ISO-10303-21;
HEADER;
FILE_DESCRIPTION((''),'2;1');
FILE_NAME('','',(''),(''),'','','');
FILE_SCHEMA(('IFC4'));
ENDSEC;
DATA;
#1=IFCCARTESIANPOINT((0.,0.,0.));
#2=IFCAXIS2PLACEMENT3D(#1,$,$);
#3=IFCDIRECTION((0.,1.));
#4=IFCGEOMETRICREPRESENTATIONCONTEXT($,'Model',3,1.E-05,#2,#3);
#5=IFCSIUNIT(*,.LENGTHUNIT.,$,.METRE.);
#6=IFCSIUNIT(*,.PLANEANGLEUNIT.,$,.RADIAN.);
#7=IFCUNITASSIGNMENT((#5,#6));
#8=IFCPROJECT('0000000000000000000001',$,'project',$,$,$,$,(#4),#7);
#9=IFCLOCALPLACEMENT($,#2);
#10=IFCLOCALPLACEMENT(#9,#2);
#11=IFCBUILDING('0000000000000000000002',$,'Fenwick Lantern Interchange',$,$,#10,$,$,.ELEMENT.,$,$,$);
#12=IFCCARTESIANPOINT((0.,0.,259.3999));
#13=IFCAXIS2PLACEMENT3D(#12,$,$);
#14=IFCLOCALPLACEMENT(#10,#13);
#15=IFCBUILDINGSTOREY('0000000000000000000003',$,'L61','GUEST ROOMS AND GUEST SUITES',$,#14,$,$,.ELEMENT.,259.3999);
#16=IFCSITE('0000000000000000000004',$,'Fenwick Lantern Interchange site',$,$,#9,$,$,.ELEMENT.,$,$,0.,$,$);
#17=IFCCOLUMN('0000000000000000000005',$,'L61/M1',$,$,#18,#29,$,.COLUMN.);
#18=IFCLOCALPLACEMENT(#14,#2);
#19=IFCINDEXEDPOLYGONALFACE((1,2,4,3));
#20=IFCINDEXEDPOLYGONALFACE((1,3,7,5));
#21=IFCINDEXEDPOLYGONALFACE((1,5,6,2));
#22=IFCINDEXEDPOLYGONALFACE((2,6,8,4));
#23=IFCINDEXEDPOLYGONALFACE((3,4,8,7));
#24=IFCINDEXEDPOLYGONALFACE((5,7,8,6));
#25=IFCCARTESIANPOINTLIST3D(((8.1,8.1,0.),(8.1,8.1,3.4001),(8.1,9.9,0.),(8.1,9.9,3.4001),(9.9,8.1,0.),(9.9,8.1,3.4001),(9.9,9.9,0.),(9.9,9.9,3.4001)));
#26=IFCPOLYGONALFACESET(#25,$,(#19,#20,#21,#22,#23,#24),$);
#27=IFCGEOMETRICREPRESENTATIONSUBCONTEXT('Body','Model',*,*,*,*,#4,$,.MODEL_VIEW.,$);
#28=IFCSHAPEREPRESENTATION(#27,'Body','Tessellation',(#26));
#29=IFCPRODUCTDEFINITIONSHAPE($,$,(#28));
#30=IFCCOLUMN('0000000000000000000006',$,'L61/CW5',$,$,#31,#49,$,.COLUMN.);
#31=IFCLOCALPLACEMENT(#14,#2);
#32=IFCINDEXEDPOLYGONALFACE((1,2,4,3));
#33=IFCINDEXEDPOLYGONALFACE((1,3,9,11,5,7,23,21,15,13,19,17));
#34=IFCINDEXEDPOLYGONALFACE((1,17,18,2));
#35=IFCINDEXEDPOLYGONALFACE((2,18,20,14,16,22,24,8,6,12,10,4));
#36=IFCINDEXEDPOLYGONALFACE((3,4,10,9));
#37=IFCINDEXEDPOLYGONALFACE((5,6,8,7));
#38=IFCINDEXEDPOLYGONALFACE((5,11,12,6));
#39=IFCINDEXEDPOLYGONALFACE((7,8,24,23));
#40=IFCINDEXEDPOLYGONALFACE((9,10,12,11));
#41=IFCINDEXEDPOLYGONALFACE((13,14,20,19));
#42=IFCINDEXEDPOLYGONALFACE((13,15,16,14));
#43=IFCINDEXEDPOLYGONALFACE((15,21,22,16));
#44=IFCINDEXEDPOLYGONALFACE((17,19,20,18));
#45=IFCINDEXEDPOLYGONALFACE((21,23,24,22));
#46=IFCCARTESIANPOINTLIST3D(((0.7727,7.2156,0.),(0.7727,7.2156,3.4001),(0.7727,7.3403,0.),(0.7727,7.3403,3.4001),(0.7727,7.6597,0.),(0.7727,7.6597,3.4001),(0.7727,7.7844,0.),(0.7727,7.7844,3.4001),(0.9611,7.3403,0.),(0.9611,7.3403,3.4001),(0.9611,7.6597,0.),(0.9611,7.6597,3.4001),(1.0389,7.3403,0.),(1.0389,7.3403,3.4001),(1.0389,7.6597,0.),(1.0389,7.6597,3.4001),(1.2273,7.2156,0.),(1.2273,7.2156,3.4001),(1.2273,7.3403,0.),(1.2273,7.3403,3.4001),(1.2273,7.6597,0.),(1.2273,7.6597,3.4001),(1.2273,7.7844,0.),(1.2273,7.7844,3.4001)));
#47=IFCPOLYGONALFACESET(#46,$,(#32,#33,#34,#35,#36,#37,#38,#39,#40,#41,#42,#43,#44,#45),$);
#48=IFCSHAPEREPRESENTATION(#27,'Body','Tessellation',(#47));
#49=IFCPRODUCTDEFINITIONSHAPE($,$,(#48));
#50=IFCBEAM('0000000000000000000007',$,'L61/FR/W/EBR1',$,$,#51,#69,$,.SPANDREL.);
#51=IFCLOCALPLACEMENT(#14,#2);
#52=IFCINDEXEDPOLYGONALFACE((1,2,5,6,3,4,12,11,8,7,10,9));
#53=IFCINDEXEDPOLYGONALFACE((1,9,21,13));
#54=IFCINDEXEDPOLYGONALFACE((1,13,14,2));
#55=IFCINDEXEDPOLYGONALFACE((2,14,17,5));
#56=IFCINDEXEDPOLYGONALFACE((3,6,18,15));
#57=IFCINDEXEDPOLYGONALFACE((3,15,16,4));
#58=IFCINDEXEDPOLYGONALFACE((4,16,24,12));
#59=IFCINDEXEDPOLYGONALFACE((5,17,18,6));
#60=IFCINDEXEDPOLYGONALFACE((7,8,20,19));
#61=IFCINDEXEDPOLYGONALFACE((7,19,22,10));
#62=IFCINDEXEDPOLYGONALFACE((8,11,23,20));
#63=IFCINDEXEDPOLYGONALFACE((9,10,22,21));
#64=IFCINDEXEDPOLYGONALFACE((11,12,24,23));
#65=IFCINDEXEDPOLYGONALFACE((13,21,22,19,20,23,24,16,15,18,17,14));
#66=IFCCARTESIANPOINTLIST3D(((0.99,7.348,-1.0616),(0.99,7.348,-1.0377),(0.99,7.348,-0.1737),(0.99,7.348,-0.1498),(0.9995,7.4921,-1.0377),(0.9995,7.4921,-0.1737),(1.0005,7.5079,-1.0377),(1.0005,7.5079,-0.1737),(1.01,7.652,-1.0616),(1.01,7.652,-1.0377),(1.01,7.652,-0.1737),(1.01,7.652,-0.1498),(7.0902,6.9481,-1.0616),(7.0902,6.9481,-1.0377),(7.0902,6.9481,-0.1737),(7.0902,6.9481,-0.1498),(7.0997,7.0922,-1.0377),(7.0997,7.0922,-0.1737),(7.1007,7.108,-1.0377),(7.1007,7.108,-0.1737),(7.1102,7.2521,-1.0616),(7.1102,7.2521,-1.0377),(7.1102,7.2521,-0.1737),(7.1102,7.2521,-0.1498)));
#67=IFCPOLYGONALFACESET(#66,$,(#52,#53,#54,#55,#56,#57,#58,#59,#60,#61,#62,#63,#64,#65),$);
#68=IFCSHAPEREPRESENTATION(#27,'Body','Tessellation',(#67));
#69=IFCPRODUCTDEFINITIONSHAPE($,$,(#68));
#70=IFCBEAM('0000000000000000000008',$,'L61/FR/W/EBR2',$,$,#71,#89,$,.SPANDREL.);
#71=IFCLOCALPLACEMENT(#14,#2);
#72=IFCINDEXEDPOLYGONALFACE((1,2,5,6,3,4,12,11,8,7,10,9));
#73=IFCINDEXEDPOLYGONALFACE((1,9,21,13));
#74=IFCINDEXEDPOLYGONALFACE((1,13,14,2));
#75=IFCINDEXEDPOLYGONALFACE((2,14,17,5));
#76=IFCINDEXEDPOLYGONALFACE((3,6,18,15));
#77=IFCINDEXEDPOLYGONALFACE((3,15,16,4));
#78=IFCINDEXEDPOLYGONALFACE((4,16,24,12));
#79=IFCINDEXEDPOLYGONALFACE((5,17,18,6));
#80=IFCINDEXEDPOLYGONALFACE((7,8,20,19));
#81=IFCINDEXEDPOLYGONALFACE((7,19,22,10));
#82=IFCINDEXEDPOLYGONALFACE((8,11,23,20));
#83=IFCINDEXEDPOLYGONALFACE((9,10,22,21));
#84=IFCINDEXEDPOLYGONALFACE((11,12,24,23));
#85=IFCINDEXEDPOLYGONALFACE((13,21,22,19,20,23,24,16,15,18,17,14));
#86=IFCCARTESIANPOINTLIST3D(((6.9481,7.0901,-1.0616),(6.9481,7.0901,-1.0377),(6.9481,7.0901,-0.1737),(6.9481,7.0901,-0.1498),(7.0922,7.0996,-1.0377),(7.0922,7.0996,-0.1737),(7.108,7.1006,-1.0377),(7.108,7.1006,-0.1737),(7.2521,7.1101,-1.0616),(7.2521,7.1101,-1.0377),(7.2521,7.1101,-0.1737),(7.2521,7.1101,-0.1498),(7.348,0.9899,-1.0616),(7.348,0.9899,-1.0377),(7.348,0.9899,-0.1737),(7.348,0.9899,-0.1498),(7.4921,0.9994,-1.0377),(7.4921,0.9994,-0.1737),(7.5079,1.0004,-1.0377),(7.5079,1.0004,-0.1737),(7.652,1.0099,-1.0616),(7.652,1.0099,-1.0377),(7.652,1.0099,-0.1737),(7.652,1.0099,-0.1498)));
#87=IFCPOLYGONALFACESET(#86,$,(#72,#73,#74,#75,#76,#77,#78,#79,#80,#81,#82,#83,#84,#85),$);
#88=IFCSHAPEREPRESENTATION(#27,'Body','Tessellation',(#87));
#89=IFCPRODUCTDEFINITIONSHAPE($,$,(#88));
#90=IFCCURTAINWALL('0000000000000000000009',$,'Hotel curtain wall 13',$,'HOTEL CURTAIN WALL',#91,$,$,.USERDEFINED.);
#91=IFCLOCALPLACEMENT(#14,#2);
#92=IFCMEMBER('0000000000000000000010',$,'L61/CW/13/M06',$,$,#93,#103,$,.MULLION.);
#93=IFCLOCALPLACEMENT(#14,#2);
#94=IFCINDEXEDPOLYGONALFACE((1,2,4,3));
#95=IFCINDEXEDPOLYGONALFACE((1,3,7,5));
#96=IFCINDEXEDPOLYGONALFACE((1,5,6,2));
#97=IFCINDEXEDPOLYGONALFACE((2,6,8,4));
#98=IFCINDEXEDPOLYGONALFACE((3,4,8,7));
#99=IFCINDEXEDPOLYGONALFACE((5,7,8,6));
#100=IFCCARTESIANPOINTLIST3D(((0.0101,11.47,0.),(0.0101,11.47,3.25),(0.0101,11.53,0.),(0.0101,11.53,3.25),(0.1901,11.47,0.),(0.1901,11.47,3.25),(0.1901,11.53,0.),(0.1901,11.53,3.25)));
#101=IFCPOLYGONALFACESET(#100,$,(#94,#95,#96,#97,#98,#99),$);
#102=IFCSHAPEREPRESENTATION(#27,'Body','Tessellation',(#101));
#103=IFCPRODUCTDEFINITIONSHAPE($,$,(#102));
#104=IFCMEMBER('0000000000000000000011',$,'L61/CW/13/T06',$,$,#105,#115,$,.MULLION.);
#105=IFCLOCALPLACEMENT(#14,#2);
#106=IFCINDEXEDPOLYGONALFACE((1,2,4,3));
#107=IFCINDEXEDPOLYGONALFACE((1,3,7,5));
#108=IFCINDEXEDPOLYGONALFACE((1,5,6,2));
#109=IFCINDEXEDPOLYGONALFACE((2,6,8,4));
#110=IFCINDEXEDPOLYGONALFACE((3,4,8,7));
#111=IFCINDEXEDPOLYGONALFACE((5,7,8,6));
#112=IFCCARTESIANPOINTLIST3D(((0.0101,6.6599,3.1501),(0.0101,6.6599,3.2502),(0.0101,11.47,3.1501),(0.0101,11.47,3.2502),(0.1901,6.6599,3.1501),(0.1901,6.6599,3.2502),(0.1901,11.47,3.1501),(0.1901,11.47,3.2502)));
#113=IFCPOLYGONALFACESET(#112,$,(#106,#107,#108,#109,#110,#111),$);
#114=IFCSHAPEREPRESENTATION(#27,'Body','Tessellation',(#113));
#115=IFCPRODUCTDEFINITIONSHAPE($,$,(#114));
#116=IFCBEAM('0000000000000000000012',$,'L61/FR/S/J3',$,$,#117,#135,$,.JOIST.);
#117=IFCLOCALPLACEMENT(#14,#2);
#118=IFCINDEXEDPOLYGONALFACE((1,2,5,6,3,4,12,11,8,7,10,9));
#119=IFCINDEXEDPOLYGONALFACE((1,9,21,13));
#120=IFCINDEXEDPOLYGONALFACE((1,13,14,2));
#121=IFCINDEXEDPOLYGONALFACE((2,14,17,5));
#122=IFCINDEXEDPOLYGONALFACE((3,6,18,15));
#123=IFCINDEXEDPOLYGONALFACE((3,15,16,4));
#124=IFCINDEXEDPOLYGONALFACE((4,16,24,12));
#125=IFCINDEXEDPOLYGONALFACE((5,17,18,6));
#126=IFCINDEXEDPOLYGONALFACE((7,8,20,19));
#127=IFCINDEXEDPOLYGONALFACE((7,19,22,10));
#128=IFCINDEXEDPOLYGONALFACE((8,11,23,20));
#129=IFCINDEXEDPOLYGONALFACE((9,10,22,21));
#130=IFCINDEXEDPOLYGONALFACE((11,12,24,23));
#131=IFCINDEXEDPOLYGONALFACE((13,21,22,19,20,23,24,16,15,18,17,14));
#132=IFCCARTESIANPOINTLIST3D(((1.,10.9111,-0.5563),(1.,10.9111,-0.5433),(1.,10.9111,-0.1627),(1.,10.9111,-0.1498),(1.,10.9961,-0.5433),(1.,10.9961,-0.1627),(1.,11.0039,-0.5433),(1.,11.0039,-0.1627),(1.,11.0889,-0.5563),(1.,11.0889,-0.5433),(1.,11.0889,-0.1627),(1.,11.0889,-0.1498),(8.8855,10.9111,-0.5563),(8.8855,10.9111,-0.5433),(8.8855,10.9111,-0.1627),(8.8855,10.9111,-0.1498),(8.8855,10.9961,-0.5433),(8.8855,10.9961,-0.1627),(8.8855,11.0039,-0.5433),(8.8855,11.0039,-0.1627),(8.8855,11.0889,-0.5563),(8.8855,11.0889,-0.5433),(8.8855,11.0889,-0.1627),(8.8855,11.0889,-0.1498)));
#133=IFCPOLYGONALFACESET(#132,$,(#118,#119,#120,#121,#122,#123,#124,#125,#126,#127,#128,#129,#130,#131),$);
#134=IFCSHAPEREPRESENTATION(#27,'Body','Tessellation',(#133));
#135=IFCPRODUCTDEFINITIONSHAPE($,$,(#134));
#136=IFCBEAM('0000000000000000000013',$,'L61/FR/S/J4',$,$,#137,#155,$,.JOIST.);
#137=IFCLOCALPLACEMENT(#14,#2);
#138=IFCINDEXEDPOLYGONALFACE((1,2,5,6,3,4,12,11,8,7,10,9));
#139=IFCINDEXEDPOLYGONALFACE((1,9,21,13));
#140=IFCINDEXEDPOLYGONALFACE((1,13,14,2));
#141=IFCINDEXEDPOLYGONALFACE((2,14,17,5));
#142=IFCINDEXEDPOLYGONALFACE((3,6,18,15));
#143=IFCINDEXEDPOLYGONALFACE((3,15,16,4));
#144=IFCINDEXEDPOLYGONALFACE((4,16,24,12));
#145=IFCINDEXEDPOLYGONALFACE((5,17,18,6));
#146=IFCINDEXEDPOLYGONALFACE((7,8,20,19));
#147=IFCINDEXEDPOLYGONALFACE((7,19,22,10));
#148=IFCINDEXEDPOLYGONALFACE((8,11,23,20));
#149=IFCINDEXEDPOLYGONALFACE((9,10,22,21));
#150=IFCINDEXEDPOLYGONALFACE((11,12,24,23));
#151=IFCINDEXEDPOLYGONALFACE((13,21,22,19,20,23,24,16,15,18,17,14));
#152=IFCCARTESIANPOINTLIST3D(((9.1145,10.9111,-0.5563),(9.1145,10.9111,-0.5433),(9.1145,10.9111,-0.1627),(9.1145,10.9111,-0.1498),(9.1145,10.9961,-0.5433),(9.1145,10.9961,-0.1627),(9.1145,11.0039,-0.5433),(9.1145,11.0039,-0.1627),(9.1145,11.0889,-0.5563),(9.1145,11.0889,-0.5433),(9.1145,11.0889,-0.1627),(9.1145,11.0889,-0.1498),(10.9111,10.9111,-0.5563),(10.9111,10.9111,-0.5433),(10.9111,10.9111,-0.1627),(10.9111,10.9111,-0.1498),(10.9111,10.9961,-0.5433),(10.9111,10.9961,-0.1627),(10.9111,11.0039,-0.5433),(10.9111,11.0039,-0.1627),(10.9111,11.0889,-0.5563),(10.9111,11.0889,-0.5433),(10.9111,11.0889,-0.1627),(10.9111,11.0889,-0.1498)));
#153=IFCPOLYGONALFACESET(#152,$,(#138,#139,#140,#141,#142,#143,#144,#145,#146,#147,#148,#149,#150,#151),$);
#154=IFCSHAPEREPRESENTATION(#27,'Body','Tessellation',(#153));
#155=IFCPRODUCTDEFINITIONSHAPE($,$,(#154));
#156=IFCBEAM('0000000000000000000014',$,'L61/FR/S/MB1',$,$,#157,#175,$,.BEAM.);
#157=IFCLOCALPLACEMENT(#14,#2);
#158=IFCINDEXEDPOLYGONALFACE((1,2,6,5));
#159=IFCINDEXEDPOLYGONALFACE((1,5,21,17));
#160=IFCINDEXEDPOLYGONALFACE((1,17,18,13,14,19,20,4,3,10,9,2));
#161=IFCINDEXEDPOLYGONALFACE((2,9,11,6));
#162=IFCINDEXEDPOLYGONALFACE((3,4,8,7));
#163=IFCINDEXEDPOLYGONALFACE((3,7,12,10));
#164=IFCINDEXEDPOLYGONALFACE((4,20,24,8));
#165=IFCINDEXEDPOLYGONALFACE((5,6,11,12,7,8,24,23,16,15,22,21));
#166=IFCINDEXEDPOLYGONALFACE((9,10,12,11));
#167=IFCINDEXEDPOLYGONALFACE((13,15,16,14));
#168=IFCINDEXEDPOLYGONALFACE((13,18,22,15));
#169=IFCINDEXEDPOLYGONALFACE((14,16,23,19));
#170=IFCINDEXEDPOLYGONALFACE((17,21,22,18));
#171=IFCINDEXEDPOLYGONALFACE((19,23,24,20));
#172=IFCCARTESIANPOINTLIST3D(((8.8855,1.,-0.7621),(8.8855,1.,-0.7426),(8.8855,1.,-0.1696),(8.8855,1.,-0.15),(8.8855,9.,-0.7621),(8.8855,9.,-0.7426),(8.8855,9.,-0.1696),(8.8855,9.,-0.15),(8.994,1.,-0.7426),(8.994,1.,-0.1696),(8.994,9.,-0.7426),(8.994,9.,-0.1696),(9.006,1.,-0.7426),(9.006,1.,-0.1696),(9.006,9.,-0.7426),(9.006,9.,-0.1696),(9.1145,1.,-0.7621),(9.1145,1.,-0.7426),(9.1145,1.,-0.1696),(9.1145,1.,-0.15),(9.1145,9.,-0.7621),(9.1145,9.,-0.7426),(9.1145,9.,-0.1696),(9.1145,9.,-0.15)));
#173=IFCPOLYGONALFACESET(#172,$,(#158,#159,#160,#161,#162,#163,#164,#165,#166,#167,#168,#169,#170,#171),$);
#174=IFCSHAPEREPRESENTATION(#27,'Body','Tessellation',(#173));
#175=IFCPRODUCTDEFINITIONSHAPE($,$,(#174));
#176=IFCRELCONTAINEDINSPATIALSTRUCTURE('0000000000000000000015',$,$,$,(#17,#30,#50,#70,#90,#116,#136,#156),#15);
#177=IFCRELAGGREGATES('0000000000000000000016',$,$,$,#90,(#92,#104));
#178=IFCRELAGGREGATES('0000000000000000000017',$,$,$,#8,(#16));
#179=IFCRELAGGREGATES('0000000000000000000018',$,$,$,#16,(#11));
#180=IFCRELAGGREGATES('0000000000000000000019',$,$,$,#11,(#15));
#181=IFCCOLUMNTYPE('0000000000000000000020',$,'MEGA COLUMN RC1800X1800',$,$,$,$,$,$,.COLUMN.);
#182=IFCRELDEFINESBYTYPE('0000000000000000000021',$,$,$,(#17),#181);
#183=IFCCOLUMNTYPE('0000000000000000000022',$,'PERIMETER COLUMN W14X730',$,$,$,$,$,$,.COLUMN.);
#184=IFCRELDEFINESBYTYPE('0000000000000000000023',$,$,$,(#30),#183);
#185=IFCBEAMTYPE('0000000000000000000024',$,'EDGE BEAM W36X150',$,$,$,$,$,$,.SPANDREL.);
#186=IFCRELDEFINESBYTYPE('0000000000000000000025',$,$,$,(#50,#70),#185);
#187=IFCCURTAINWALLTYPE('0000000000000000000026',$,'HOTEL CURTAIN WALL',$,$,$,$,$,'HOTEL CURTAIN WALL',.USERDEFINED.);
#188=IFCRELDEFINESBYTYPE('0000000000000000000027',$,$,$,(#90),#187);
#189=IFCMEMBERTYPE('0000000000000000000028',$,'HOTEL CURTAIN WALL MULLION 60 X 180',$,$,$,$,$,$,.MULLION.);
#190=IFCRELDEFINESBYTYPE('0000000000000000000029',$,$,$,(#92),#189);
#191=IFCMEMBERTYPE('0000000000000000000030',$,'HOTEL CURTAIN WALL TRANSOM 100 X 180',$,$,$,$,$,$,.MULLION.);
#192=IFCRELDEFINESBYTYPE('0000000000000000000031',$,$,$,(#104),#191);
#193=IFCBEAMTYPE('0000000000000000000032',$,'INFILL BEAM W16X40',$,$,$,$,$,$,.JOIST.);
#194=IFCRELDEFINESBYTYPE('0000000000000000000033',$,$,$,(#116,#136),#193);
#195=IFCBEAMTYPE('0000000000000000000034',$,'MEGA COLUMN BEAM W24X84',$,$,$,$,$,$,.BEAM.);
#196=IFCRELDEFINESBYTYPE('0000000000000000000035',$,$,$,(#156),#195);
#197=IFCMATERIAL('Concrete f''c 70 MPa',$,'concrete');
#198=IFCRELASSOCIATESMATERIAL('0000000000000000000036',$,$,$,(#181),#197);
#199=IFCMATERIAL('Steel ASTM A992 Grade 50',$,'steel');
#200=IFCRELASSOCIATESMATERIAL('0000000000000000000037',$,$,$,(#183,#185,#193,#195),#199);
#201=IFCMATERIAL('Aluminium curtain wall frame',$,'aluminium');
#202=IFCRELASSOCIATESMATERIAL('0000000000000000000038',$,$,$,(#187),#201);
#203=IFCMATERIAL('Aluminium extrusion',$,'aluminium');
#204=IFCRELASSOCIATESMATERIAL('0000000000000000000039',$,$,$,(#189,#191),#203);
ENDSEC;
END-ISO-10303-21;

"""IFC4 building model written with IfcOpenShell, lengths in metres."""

from ifc_helpers import new_model, si_unit, direction, frame, origin, origin_2d, place, context, subcontext, project, spatial, rectangle, i_section, extrude, material, material_profile, profile_set, type_object, element, aggregate, save


model = new_model("IFC4")

# Units and contexts
model_context = context("Model", 3, precision=1e-05, world=origin(), true_north=direction((0.0, 1.0)))
body_context = subcontext(model_context, "Body", "Model", "MODEL_VIEW")
ifc_project = project(units=[si_unit("LENGTHUNIT", "METRE"), si_unit("PLANEANGLEUNIT", "RADIAN")], contexts=[model_context])

# Site, building, storey
site_placement = place(None, origin())
site = spatial("IfcSite", under=ifc_project, at=site_placement, Name="Fenwick Lantern Interchange site", CompositionType="ELEMENT", RefElevation=0.0)
building_placement = place(site_placement, origin())
building = spatial("IfcBuilding", under=site, at=building_placement, Name="Fenwick Lantern Interchange", CompositionType="ELEMENT")
storey_placement = place(building_placement, frame((0.0, 0.0, 259.3999)))
storey = spatial("IfcBuildingStorey", under=building, at=storey_placement, Name="L61", Description="GUEST ROOMS AND GUEST SUITES", CompositionType="ELEMENT", Elevation=259.3999)

# Columns
ifc_material_1 = material(Name="Concrete f'c 70 MPa", Category="concrete")
ifc_material_profile_1 = material_profile(ifc_material_1, rectangle(XDim=1.8, YDim=1.8, at=origin_2d()), Name="RC1800X1800")
ifc_profile_set_1 = profile_set([ifc_material_profile_1], Name="Concrete f'c 70 MPa")
column_type_1 = type_object("IfcColumnType", Name="MEGA COLUMN RC1800X1800", PredefinedType="COLUMN", material=ifc_profile_set_1)
column_1_placement = place(storey_placement, frame((9.0, 9.0, 0.0), z_axis=(0.0, 0.0, 1.0), x_axis=(1.0, 0.0, 0.0)))
element("IfcColumn", 1, at=column_1_placement, inside=storey, type_object=column_type_1, Name="L61/M1", PredefinedType="COLUMN", context=body_context, shape_type="SweptSolid", body=[
    extrude(rectangle(XDim=1.8, YDim=1.8, at=origin_2d()), origin(), (0.0, 0.0, 1.0), 3.4001),
])
ifc_material_2 = material(Name="Steel ASTM A992 Grade 50", Category="steel")
ifc_material_profile_2 = material_profile(ifc_material_2, i_section(OverallWidth=0.4546, OverallDepth=0.5688, WebThickness=0.0779, FlangeThickness=0.1248, at=origin_2d()), Name="W14X730")
ifc_profile_set_2 = profile_set([ifc_material_profile_2], Name="Steel ASTM A992 Grade 50")
column_type_2 = type_object("IfcColumnType", Name="PERIMETER COLUMN W14X730", PredefinedType="COLUMN", material=ifc_profile_set_2)
column_2_placement = place(storey_placement, frame((1.0, 7.5, 0.0), z_axis=(0.0, 0.0, 1.0), x_axis=(1.0, 0.0, 0.0)))
element("IfcColumn", 2, at=column_2_placement, inside=storey, type_object=column_type_2, Name="L61/CW5", PredefinedType="COLUMN", context=body_context, shape_type="SweptSolid", body=[
    extrude(i_section(OverallWidth=0.4546, OverallDepth=0.5688, WebThickness=0.0779, FlangeThickness=0.1248, at=origin_2d()), origin(), (0.0, 0.0, 1.0), 3.4001),
])

# Beams
ifc_material_profile_3 = material_profile(ifc_material_2, i_section(OverallWidth=0.3047, OverallDepth=0.9119, WebThickness=0.0159, FlangeThickness=0.0239, at=origin_2d()), Name="W36X150")
ifc_profile_set_3 = profile_set([ifc_material_profile_3], Name="Steel ASTM A992 Grade 50")
beam_type_1 = type_object("IfcBeamType", Name="EDGE BEAM W36X150", PredefinedType="SPANDREL", material=ifc_profile_set_3)
for number, where, z_axis, x_axis, name in (
    (3, (1.0, 7.5, -0.6057), (0.997858, -0.065416, 0.0), (0.065416, 0.997858, 0.0), "L61/FR/W/EBR1"),
    (4, (7.1001, 7.1001, -0.6057), (0.065416, -0.997858, 0.0), (0.997858, 0.065416, 0.0), "L61/FR/W/EBR2"),
):
    element("IfcBeam", number, at=place(storey_placement, frame(where, z_axis=z_axis, x_axis=x_axis)), inside=storey, type_object=beam_type_1, Name=name, PredefinedType="SPANDREL", context=body_context, shape_type="SweptSolid", body=[
        extrude(i_section(OverallWidth=0.3047, OverallDepth=0.9119, WebThickness=0.0159, FlangeThickness=0.0239, at=origin_2d()), origin(), (0.0, 0.0, 1.0), 6.1133),
    ])

# Curtain wall, members
ifc_material_3 = material(Name="Aluminium curtain wall frame", Category="aluminium")
curtain_wall_type = type_object("IfcCurtainWallType", Name="HOTEL CURTAIN WALL", ElementType="HOTEL CURTAIN WALL", PredefinedType="USERDEFINED", material=ifc_material_3)
curtain_wall_placement = place(storey_placement, origin())
curtain_wall = element("IfcCurtainWall", 5, at=curtain_wall_placement, inside=storey, type_object=curtain_wall_type, Name="Hotel curtain wall 13", ObjectType="HOTEL CURTAIN WALL", PredefinedType="USERDEFINED")
ifc_material_4 = material(Name="Aluminium extrusion", Category="aluminium")
ifc_material_profile_4 = material_profile(ifc_material_4, rectangle(XDim=0.1799, YDim=0.0601, at=origin_2d()), Name="HOTEL CURTAIN WALL MULLION 60 X 180")
ifc_profile_set_4 = profile_set([ifc_material_profile_4], Name="Aluminium extrusion")
member_type_1 = type_object("IfcMemberType", Name="HOTEL CURTAIN WALL MULLION 60 X 180", PredefinedType="MULLION", material=ifc_profile_set_4)
member_1_placement = place(storey_placement, frame((0.1001, 11.5, 0.0), z_axis=(0.0, 0.0, 1.0), x_axis=(1.0, 0.0, 0.0)))
member_1 = element("IfcMember", 6, at=member_1_placement, type_object=member_type_1, Name="L61/CW/13/M06", PredefinedType="MULLION", context=body_context, shape_type="SweptSolid", body=[
    extrude(rectangle(XDim=0.1799, YDim=0.0601, at=origin_2d()), origin(), (0.0, 0.0, 1.0), 3.25),
])
ifc_material_profile_5 = material_profile(ifc_material_4, rectangle(XDim=0.1799, YDim=0.1001, at=origin_2d()), Name="HOTEL CURTAIN WALL TRANSOM 100 X 180")
ifc_profile_set_5 = profile_set([ifc_material_profile_5], Name="Aluminium extrusion")
member_type_2 = type_object("IfcMemberType", Name="HOTEL CURTAIN WALL TRANSOM 100 X 180", PredefinedType="MULLION", material=ifc_profile_set_5)
member_2_placement = place(storey_placement, frame((0.1001, 11.47, 3.2002), z_axis=(0.0, -1.0, 0.0), x_axis=(1.0, 0.0, 0.0)))
member_2 = element("IfcMember", 7, at=member_2_placement, type_object=member_type_2, Name="L61/CW/13/T06", PredefinedType="MULLION", context=body_context, shape_type="SweptSolid", body=[
    extrude(rectangle(XDim=0.1799, YDim=0.1001, at=origin_2d()), origin(), (0.0, 0.0, 1.0), 4.8101),
])
aggregate(curtain_wall, [member_1, member_2])

# Beams
ifc_material_profile_6 = material_profile(ifc_material_2, i_section(OverallWidth=0.1777, OverallDepth=0.4065, WebThickness=0.0078, FlangeThickness=0.0129, at=origin_2d()), Name="W16X40")
ifc_profile_set_6 = profile_set([ifc_material_profile_6], Name="Steel ASTM A992 Grade 50")
beam_type_2 = type_object("IfcBeamType", Name="INFILL BEAM W16X40", PredefinedType="JOIST", material=ifc_profile_set_6)
beam_1_placement = place(storey_placement, frame((1.0, 11.0, -0.353), z_axis=(1.0, 0.0, 0.0), x_axis=(0.0, 1.0, 0.0)))
element("IfcBeam", 8, at=beam_1_placement, inside=storey, type_object=beam_type_2, Name="L61/FR/S/J3", PredefinedType="JOIST", context=body_context, shape_type="SweptSolid", body=[
    extrude(i_section(OverallWidth=0.1777, OverallDepth=0.4065, WebThickness=0.0078, FlangeThickness=0.0129, at=origin_2d()), origin(), (0.0, 0.0, 1.0), 7.8855),
])
beam_2_placement = place(storey_placement, frame((9.1145, 11.0, -0.353), z_axis=(1.0, 0.0, 0.0), x_axis=(0.0, 1.0, 0.0)))
element("IfcBeam", 9, at=beam_2_placement, inside=storey, type_object=beam_type_2, Name="L61/FR/S/J4", PredefinedType="JOIST", context=body_context, shape_type="SweptSolid", body=[
    extrude(i_section(OverallWidth=0.1777, OverallDepth=0.4065, WebThickness=0.0078, FlangeThickness=0.0129, at=origin_2d()), origin(), (0.0, 0.0, 1.0), 1.7966),
])
ifc_material_profile_7 = material_profile(ifc_material_2, i_section(OverallWidth=0.229, OverallDepth=0.6121, WebThickness=0.012, FlangeThickness=0.0195, at=origin_2d()), Name="W24X84")
ifc_profile_set_7 = profile_set([ifc_material_profile_7], Name="Steel ASTM A992 Grade 50")
beam_type_3 = type_object("IfcBeamType", Name="MEGA COLUMN BEAM W24X84", PredefinedType="BEAM", material=ifc_profile_set_7)
for number, where, z_axis, x_axis, name in (
    (10, (9.0, 9.0, -0.4561), (0.0, -1.0, 0.0), (1.0, 0.0, 0.0), "L61/FR/S/MB1"),
):
    element("IfcBeam", number, at=place(storey_placement, frame(where, z_axis=z_axis, x_axis=x_axis)), inside=storey, type_object=beam_type_3, Name=name, PredefinedType="BEAM", context=body_context, shape_type="SweptSolid", body=[
        extrude(i_section(OverallWidth=0.229, OverallDepth=0.6121, WebThickness=0.012, FlangeThickness=0.0195, at=origin_2d()), origin(), (0.0, 0.0, 1.0), 8.0),
    ])

save(model, "model.ifc")
